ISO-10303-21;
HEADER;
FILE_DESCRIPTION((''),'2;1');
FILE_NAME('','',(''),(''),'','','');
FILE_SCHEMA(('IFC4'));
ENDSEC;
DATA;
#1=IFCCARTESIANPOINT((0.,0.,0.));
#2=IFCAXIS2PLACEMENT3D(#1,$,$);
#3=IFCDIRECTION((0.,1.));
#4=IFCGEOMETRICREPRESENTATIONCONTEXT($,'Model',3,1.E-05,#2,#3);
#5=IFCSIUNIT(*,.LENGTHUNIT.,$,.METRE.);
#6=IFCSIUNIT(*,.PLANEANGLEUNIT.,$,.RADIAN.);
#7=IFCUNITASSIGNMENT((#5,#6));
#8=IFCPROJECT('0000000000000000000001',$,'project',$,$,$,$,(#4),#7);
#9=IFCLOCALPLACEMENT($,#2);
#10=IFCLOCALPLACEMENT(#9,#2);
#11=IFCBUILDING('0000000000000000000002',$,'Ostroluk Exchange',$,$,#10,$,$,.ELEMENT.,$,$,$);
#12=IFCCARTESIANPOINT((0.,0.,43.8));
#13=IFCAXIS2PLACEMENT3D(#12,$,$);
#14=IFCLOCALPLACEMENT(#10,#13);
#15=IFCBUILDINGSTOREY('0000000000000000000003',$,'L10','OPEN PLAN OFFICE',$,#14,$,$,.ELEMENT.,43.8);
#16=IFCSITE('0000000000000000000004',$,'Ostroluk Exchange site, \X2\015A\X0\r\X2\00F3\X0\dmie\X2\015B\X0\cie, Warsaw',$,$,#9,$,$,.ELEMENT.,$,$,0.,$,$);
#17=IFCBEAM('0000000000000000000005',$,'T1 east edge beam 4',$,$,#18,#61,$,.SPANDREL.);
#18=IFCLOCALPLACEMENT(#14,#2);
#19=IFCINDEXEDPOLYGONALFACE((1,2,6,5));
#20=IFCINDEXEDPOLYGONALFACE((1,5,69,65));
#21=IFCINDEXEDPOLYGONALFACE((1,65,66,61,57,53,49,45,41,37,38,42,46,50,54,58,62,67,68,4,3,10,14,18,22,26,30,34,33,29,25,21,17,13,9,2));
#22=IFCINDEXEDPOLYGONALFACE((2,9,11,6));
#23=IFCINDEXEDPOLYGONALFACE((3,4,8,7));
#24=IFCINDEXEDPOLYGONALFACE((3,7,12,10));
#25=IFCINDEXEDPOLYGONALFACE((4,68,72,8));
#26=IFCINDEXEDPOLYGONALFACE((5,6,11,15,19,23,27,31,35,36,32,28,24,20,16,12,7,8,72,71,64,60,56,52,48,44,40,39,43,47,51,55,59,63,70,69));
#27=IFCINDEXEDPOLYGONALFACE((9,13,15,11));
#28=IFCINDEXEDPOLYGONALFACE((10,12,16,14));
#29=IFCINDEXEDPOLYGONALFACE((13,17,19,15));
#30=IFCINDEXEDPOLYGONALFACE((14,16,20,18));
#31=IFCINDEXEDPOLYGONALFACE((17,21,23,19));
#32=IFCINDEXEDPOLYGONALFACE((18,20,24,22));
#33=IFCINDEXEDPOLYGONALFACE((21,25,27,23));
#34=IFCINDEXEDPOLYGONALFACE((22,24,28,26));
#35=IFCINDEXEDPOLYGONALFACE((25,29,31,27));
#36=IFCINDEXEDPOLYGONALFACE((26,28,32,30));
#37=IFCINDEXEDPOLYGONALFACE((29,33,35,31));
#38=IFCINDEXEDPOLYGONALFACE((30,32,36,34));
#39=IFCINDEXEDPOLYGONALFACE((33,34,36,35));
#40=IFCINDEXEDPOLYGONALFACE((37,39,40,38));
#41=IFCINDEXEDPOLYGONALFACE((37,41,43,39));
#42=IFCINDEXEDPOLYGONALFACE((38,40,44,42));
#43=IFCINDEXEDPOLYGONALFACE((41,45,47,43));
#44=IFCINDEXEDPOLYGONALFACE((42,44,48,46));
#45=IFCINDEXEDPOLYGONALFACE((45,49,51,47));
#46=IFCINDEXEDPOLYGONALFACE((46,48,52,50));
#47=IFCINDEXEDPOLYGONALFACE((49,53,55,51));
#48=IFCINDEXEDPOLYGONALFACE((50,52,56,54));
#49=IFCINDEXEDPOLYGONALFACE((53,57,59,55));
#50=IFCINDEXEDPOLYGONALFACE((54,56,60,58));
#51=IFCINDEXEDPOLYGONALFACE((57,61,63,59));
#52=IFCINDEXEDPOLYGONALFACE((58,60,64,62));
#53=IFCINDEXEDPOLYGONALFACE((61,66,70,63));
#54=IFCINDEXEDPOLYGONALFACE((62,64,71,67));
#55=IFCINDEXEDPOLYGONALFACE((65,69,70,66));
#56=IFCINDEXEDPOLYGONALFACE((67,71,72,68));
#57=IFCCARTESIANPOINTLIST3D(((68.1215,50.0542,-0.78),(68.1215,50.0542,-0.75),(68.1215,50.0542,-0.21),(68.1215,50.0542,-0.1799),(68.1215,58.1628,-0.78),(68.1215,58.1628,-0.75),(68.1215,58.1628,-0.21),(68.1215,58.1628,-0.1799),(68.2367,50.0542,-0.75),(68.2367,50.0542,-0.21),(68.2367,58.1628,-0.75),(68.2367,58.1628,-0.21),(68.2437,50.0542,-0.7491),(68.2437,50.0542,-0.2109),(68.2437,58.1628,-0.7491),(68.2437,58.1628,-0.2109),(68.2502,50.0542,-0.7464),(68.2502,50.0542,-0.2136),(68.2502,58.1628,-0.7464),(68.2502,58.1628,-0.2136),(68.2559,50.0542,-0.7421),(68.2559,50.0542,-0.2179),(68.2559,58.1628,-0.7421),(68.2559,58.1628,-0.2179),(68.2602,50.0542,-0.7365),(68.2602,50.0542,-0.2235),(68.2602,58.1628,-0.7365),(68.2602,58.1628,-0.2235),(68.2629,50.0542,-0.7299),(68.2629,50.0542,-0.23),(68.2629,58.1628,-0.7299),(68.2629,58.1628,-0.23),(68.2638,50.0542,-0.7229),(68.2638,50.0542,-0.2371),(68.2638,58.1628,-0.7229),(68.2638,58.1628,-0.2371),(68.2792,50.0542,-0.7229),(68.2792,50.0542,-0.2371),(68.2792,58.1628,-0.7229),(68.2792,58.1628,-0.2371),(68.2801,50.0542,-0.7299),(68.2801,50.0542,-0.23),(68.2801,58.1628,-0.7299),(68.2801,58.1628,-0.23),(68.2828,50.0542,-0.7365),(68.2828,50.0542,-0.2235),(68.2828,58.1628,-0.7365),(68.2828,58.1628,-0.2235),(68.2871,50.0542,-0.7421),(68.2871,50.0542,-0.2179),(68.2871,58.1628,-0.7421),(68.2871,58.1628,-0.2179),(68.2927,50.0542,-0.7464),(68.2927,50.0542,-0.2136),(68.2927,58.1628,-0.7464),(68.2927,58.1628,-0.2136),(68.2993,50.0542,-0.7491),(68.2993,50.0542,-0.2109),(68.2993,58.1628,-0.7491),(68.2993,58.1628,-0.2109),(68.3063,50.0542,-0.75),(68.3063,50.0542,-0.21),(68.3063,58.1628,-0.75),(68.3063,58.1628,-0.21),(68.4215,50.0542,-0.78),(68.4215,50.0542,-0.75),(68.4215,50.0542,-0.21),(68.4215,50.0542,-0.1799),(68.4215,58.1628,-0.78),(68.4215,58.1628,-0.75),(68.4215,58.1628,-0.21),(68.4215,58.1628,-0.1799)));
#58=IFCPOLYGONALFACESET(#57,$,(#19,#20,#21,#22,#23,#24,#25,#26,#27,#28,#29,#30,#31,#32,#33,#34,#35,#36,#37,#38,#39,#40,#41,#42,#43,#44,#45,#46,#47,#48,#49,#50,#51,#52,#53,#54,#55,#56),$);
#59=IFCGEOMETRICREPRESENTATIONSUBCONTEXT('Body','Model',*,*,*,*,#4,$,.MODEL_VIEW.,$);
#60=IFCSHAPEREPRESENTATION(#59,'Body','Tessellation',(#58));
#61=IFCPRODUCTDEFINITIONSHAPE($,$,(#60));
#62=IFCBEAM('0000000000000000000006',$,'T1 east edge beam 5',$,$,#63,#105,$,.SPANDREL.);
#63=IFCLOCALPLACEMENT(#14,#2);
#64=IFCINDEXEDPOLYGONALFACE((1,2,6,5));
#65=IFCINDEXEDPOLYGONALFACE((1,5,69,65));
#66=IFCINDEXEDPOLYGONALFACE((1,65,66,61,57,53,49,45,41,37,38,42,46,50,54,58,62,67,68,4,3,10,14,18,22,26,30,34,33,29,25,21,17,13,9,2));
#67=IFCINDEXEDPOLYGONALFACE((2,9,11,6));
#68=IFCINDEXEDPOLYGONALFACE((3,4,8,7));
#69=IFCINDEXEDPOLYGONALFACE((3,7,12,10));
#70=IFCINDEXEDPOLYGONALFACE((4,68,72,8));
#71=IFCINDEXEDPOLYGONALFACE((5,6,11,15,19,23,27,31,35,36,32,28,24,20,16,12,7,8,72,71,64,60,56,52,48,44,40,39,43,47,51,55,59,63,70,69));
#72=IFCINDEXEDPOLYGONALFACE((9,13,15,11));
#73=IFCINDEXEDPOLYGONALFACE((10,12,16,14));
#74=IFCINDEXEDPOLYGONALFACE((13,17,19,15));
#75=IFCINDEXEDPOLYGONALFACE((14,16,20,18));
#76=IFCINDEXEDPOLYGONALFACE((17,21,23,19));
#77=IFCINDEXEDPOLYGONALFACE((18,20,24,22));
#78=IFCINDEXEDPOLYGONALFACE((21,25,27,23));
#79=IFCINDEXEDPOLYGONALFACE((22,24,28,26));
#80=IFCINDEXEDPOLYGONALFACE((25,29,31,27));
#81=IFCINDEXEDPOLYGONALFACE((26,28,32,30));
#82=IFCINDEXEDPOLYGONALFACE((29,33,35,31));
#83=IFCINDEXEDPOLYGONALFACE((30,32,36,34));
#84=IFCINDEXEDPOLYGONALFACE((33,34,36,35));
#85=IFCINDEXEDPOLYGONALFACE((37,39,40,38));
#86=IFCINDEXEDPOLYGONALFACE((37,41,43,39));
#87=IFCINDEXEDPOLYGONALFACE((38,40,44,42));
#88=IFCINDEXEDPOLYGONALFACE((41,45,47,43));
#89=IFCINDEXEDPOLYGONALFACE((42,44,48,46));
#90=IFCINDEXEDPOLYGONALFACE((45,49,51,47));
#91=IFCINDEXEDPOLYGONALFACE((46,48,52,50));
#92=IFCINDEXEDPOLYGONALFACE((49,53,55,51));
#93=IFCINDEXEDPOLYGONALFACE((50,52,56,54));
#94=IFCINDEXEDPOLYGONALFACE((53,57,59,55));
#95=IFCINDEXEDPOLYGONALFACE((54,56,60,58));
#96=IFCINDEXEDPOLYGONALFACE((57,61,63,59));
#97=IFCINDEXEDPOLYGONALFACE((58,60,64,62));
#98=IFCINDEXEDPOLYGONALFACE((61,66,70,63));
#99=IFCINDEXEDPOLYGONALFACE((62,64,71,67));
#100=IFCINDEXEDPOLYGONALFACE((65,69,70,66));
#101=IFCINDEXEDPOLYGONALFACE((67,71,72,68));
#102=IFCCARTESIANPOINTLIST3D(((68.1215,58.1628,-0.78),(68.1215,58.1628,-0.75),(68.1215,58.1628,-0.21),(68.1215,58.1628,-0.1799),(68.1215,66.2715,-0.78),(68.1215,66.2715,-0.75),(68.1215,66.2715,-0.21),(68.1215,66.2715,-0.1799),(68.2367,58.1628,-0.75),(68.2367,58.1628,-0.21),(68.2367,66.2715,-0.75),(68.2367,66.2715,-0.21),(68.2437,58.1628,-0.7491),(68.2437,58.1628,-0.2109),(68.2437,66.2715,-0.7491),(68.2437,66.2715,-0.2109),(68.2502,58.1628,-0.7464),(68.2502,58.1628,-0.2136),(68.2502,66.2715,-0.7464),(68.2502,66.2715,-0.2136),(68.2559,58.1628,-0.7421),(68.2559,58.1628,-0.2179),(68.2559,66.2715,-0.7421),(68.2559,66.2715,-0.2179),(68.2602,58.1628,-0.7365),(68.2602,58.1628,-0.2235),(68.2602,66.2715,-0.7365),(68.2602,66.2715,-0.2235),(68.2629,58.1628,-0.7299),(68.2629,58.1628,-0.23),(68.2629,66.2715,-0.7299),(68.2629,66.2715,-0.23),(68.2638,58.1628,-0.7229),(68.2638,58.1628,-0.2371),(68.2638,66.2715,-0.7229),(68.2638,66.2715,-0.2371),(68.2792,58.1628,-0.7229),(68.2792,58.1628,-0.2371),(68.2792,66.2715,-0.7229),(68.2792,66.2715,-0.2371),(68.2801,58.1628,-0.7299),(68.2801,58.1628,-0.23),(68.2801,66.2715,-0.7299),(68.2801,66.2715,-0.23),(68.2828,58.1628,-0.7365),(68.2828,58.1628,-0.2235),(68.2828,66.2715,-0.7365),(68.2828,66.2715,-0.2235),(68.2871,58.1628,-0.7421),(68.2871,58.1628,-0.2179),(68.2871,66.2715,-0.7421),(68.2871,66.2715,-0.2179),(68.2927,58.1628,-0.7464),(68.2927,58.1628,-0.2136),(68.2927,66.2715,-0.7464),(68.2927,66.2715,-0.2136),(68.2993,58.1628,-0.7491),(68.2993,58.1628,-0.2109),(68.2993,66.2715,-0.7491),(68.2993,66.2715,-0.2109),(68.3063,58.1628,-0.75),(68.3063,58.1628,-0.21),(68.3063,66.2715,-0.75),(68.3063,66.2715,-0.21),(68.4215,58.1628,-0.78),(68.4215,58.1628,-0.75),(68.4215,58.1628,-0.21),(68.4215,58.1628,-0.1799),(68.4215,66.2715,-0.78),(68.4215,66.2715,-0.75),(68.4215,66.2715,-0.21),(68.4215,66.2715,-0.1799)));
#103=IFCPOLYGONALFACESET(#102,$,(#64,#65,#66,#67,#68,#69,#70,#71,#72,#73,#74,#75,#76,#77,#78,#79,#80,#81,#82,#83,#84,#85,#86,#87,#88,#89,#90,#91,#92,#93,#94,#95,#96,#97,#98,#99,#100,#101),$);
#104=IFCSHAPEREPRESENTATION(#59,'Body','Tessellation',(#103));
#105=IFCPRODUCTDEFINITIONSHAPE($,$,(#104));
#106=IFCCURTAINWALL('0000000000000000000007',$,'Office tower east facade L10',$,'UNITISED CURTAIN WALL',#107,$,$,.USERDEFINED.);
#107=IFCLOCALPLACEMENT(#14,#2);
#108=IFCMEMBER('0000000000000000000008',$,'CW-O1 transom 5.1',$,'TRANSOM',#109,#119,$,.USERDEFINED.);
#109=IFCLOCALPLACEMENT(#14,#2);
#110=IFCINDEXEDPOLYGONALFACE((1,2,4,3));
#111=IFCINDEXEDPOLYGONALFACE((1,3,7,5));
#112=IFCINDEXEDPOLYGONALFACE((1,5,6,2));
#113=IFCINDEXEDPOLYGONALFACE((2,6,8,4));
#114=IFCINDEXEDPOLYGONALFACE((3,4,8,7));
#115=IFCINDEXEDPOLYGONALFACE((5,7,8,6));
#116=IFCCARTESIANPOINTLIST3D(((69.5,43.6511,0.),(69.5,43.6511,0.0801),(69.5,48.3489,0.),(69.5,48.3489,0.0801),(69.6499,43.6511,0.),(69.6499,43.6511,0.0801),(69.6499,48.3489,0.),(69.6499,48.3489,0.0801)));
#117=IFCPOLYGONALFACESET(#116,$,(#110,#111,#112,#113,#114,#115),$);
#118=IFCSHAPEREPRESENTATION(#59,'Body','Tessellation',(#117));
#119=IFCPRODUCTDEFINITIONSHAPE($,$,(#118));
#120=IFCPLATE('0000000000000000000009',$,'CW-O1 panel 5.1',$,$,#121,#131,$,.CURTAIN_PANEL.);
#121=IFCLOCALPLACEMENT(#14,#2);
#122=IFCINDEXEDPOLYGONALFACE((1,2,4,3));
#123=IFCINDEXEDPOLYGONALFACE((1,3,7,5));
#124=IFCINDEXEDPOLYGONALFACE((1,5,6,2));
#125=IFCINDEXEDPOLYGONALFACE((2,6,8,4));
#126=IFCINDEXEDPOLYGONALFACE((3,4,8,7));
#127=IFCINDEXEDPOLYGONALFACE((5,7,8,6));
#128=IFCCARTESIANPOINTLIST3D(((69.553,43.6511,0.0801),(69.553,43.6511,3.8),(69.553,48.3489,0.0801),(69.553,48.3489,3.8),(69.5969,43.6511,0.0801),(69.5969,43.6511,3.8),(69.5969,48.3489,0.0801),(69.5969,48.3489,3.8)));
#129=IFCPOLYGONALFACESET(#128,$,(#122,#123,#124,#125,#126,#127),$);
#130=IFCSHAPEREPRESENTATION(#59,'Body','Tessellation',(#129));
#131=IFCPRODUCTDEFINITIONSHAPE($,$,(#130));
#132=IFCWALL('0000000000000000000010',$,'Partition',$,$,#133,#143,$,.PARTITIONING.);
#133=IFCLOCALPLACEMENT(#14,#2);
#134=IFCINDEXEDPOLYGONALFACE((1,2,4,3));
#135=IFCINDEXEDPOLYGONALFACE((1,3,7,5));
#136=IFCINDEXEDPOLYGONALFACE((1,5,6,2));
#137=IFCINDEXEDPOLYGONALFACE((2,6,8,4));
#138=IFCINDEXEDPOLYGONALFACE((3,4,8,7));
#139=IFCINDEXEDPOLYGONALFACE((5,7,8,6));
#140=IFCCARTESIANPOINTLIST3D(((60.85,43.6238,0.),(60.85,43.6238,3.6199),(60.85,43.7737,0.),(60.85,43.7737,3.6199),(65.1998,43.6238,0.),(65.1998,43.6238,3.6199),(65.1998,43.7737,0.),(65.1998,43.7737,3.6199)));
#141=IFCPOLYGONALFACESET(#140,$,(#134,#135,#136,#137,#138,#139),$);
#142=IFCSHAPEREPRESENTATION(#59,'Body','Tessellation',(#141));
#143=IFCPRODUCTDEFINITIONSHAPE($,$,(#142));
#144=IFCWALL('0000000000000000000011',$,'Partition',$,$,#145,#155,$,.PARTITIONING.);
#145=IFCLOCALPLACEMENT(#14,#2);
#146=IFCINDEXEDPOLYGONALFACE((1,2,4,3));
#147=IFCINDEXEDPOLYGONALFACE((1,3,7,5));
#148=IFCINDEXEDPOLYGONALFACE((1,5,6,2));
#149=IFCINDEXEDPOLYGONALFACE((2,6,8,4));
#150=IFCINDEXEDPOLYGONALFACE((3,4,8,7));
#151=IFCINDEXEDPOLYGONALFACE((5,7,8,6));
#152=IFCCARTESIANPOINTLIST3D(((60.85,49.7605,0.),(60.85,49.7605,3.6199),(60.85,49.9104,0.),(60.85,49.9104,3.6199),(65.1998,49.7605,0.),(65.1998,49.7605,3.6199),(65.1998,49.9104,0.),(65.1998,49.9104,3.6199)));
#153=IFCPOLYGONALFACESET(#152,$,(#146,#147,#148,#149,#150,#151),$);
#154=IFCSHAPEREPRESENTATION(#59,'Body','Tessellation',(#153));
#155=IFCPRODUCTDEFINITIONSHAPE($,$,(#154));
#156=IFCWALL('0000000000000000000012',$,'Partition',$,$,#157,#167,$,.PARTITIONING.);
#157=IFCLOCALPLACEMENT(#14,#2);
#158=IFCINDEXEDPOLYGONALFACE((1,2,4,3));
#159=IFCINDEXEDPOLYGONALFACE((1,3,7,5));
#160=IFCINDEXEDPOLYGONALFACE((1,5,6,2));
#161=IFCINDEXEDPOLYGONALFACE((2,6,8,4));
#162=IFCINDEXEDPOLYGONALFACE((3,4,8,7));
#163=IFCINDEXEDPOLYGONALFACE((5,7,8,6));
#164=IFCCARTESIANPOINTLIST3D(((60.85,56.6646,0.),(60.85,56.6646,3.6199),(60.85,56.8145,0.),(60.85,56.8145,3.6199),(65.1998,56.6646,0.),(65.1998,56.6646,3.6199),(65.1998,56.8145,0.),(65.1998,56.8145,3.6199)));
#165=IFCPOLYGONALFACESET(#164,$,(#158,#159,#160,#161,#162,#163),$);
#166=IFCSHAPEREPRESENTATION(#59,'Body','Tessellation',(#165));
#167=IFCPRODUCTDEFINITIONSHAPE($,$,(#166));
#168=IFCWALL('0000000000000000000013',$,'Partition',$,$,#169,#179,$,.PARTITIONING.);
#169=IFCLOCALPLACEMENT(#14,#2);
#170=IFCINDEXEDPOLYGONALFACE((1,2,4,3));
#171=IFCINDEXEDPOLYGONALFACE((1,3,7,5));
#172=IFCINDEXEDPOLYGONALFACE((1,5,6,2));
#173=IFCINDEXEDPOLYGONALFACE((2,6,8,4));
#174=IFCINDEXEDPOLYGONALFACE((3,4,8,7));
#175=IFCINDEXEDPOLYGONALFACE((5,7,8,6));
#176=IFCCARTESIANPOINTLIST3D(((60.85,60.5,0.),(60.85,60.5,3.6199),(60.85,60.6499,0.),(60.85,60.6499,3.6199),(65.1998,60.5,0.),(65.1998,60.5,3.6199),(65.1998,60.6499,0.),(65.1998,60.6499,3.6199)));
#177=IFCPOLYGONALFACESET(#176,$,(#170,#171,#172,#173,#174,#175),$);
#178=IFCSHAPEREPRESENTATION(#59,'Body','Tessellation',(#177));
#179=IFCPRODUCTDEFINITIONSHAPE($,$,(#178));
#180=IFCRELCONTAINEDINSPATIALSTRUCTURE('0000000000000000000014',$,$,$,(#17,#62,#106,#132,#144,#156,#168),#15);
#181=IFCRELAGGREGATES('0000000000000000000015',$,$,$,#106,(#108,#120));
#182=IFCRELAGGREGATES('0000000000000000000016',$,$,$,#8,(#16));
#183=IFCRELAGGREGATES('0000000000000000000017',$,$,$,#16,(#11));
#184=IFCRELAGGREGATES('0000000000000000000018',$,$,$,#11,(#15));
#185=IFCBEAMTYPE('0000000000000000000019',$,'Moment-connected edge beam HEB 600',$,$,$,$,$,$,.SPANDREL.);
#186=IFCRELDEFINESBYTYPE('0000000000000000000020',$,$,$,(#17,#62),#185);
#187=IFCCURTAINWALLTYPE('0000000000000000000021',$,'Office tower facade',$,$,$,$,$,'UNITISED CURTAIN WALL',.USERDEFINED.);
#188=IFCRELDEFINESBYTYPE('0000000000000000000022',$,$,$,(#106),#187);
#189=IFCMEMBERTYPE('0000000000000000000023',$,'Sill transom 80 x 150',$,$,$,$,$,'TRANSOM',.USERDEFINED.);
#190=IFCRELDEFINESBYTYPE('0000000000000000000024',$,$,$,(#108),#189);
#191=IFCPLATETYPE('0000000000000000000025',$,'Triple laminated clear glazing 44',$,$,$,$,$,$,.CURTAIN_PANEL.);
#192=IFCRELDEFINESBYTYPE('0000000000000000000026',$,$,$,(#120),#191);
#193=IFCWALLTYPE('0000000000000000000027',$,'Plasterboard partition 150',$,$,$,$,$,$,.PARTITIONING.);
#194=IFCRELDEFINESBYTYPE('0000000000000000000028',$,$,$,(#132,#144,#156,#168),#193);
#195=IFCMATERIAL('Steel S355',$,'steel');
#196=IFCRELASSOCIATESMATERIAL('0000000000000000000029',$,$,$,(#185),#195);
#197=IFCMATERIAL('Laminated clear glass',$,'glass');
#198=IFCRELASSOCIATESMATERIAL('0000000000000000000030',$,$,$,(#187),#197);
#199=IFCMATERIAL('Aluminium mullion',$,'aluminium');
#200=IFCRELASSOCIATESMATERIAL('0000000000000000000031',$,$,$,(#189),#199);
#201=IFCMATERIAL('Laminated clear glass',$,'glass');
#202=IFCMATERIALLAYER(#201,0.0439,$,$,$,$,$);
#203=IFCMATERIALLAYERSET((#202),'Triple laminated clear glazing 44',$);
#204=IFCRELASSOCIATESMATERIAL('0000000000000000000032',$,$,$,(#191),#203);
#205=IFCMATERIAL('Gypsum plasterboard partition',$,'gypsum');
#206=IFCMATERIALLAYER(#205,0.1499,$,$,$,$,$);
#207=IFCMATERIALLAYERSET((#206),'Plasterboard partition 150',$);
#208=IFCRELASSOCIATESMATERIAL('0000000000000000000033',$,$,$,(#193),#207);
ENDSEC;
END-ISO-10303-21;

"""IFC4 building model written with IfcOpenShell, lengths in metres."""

from ifc_helpers import new_model, si_unit, direction, frame, frame_2d, origin, origin_2d, place, context, subcontext, project, spatial, rectangle, i_section, extrude, material, layer, layer_set, material_profile, profile_set, type_object, element, aggregate, save


model = new_model("IFC4")

# Units and contexts
model_context = context("Model", 3, precision=1e-05, world=origin(), true_north=direction((0.0, 1.0)))
body_context = subcontext(model_context, "Body", "Model", "MODEL_VIEW")
ifc_project = project(units=[si_unit("LENGTHUNIT", "METRE"), si_unit("PLANEANGLEUNIT", "RADIAN")], contexts=[model_context])

# Site, building, storey
site_placement = place(None, origin())
site = spatial("IfcSite", under=ifc_project, at=site_placement, Name="Ostroluk Exchange site, Śródmieście, Warsaw", CompositionType="ELEMENT", RefElevation=0.0)
building_placement = place(site_placement, origin())
building = spatial("IfcBuilding", under=site, at=building_placement, Name="Ostroluk Exchange", CompositionType="ELEMENT")
storey_placement = place(building_placement, frame((0.0, 0.0, 43.8)))
storey = spatial("IfcBuildingStorey", under=building, at=storey_placement, Name="L10", Description="OPEN PLAN OFFICE", CompositionType="ELEMENT", Elevation=43.8)

# Beams
ifc_material_1 = material(Name="Steel S355", Category="steel")
ifc_material_profile_1 = material_profile(ifc_material_1, i_section(OverallWidth=0.3, OverallDepth=0.6001, WebThickness=0.0154, FlangeThickness=0.03, FilletRadius=0.0271, at=origin_2d()), Name="HEB 600")
ifc_profile_set_1 = profile_set([ifc_material_profile_1], Name="Steel S355")
beam_type_1 = type_object("IfcBeamType", Name="Moment-connected edge beam HEB 600", PredefinedType="SPANDREL", material=ifc_profile_set_1)
for number, where, z_axis, x_axis, name in (
    (1, (68.2715, 50.0542, -0.48), (0.0, 1.0, 0.0), (-1.0, 0.0, 0.0), "T1 east edge beam 4"),
    (2, (68.2715, 58.1628, -0.48), (0.0, 1.0, 0.0), (-1.0, 0.0, 0.0), "T1 east edge beam 5"),
):
    element("IfcBeam", number, at=place(storey_placement, frame(where, z_axis=z_axis, x_axis=x_axis)), inside=storey, type_object=beam_type_1, Name=name, PredefinedType="SPANDREL", context=body_context, shape_type="SweptSolid", body=[
        extrude(i_section(OverallWidth=0.3, OverallDepth=0.6001, WebThickness=0.0154, FlangeThickness=0.03, FilletRadius=0.0271, at=origin_2d()), origin(), (0.0, 0.0, 1.0), 8.1086),
    ])

# Curtain wall, member, plate
ifc_material_2 = material(Name="Laminated clear glass", Category="glass")
curtain_wall_type = type_object("IfcCurtainWallType", Name="Office tower facade", ElementType="UNITISED CURTAIN WALL", PredefinedType="USERDEFINED", material=ifc_material_2)
curtain_wall_placement = place(storey_placement, origin())
curtain_wall = element("IfcCurtainWall", 3, at=curtain_wall_placement, inside=storey, type_object=curtain_wall_type, Name="Office tower east facade L10", ObjectType="UNITISED CURTAIN WALL", PredefinedType="USERDEFINED")
ifc_material_3 = material(Name="Aluminium mullion", Category="aluminium")
ifc_material_profile_2 = material_profile(ifc_material_3, rectangle(XDim=0.1499, YDim=0.0801, at=origin_2d()), Name="Sill transom 80 x 150")
ifc_profile_set_2 = profile_set([ifc_material_profile_2], Name="Aluminium mullion")
member_type = type_object("IfcMemberType", Name="Sill transom 80 x 150", ElementType="TRANSOM", PredefinedType="USERDEFINED", material=ifc_profile_set_2)
member_placement = place(storey_placement, frame((69.575, 43.6511, 0.04), z_axis=(0.0, 1.0, 0.0), x_axis=(-1.0, 0.0, 0.0)))
member = element("IfcMember", 4, at=member_placement, type_object=member_type, Name="CW-O1 transom 5.1", ObjectType="TRANSOM", PredefinedType="USERDEFINED", context=body_context, shape_type="SweptSolid", body=[
    extrude(rectangle(XDim=0.1499, YDim=0.0801, at=origin_2d()), origin(), (0.0, 0.0, 1.0), 4.6978),
])
ifc_material_4 = material(Name="Laminated clear glass", Category="glass")
ifc_layer_1 = layer(ifc_material_4, 0.0439)
ifc_layer_set_1 = layer_set([ifc_layer_1], Name="Triple laminated clear glazing 44")
plate_type = type_object("IfcPlateType", Name="Triple laminated clear glazing 44", PredefinedType="CURTAIN_PANEL", material=ifc_layer_set_1)
plate_placement = place(storey_placement, frame((69.575, 46.0, 0.0801), z_axis=(0.0, 0.0, 1.0), x_axis=(0.0, 1.0, 0.0)))
plate = element("IfcPlate", 5, at=plate_placement, type_object=plate_type, Name="CW-O1 panel 5.1", PredefinedType="CURTAIN_PANEL", context=body_context, shape_type="SweptSolid", body=[
    extrude(rectangle(XDim=4.6978, YDim=0.0439, at=origin_2d()), origin(), (0.0, 0.0, 1.0), 3.72),
])
aggregate(curtain_wall, [member, plate])

# Walls
ifc_material_5 = material(Name="Gypsum plasterboard partition", Category="gypsum")
ifc_layer_2 = layer(ifc_material_5, 0.1499)
ifc_layer_set_2 = layer_set([ifc_layer_2], Name="Plasterboard partition 150")
wall_type = type_object("IfcWallType", Name="Plasterboard partition 150", PredefinedType="PARTITIONING", material=ifc_layer_set_2)
for number, where, z_axis, x_axis, name in (
    (6, (60.8501, 43.6987, 0.0), (0.0, 0.0, 1.0), (1.0, 0.0, 0.0), "Partition"),
    (7, (60.8501, 49.8354, 0.0), (0.0, 0.0, 1.0), (1.0, 0.0, 0.0), "Partition"),
    (8, (60.8501, 56.7395, 0.0), (0.0, 0.0, 1.0), (1.0, 0.0, 0.0), "Partition"),
    (9, (60.8501, 60.575, 0.0), (0.0, 0.0, 1.0), (1.0, 0.0, 0.0), "Partition"),
):
    element("IfcWall", number, at=place(storey_placement, frame(where, z_axis=z_axis, x_axis=x_axis)), inside=storey, type_object=wall_type, Name=name, PredefinedType="PARTITIONING", context=body_context, shape_type="SweptSolid", body=[
        extrude(rectangle(XDim=4.3499, YDim=0.1499, at=frame_2d((2.1748, 0.0))), origin(), (0.0, 0.0, 1.0), 3.6199),
    ])

save(model, "model.ifc")
